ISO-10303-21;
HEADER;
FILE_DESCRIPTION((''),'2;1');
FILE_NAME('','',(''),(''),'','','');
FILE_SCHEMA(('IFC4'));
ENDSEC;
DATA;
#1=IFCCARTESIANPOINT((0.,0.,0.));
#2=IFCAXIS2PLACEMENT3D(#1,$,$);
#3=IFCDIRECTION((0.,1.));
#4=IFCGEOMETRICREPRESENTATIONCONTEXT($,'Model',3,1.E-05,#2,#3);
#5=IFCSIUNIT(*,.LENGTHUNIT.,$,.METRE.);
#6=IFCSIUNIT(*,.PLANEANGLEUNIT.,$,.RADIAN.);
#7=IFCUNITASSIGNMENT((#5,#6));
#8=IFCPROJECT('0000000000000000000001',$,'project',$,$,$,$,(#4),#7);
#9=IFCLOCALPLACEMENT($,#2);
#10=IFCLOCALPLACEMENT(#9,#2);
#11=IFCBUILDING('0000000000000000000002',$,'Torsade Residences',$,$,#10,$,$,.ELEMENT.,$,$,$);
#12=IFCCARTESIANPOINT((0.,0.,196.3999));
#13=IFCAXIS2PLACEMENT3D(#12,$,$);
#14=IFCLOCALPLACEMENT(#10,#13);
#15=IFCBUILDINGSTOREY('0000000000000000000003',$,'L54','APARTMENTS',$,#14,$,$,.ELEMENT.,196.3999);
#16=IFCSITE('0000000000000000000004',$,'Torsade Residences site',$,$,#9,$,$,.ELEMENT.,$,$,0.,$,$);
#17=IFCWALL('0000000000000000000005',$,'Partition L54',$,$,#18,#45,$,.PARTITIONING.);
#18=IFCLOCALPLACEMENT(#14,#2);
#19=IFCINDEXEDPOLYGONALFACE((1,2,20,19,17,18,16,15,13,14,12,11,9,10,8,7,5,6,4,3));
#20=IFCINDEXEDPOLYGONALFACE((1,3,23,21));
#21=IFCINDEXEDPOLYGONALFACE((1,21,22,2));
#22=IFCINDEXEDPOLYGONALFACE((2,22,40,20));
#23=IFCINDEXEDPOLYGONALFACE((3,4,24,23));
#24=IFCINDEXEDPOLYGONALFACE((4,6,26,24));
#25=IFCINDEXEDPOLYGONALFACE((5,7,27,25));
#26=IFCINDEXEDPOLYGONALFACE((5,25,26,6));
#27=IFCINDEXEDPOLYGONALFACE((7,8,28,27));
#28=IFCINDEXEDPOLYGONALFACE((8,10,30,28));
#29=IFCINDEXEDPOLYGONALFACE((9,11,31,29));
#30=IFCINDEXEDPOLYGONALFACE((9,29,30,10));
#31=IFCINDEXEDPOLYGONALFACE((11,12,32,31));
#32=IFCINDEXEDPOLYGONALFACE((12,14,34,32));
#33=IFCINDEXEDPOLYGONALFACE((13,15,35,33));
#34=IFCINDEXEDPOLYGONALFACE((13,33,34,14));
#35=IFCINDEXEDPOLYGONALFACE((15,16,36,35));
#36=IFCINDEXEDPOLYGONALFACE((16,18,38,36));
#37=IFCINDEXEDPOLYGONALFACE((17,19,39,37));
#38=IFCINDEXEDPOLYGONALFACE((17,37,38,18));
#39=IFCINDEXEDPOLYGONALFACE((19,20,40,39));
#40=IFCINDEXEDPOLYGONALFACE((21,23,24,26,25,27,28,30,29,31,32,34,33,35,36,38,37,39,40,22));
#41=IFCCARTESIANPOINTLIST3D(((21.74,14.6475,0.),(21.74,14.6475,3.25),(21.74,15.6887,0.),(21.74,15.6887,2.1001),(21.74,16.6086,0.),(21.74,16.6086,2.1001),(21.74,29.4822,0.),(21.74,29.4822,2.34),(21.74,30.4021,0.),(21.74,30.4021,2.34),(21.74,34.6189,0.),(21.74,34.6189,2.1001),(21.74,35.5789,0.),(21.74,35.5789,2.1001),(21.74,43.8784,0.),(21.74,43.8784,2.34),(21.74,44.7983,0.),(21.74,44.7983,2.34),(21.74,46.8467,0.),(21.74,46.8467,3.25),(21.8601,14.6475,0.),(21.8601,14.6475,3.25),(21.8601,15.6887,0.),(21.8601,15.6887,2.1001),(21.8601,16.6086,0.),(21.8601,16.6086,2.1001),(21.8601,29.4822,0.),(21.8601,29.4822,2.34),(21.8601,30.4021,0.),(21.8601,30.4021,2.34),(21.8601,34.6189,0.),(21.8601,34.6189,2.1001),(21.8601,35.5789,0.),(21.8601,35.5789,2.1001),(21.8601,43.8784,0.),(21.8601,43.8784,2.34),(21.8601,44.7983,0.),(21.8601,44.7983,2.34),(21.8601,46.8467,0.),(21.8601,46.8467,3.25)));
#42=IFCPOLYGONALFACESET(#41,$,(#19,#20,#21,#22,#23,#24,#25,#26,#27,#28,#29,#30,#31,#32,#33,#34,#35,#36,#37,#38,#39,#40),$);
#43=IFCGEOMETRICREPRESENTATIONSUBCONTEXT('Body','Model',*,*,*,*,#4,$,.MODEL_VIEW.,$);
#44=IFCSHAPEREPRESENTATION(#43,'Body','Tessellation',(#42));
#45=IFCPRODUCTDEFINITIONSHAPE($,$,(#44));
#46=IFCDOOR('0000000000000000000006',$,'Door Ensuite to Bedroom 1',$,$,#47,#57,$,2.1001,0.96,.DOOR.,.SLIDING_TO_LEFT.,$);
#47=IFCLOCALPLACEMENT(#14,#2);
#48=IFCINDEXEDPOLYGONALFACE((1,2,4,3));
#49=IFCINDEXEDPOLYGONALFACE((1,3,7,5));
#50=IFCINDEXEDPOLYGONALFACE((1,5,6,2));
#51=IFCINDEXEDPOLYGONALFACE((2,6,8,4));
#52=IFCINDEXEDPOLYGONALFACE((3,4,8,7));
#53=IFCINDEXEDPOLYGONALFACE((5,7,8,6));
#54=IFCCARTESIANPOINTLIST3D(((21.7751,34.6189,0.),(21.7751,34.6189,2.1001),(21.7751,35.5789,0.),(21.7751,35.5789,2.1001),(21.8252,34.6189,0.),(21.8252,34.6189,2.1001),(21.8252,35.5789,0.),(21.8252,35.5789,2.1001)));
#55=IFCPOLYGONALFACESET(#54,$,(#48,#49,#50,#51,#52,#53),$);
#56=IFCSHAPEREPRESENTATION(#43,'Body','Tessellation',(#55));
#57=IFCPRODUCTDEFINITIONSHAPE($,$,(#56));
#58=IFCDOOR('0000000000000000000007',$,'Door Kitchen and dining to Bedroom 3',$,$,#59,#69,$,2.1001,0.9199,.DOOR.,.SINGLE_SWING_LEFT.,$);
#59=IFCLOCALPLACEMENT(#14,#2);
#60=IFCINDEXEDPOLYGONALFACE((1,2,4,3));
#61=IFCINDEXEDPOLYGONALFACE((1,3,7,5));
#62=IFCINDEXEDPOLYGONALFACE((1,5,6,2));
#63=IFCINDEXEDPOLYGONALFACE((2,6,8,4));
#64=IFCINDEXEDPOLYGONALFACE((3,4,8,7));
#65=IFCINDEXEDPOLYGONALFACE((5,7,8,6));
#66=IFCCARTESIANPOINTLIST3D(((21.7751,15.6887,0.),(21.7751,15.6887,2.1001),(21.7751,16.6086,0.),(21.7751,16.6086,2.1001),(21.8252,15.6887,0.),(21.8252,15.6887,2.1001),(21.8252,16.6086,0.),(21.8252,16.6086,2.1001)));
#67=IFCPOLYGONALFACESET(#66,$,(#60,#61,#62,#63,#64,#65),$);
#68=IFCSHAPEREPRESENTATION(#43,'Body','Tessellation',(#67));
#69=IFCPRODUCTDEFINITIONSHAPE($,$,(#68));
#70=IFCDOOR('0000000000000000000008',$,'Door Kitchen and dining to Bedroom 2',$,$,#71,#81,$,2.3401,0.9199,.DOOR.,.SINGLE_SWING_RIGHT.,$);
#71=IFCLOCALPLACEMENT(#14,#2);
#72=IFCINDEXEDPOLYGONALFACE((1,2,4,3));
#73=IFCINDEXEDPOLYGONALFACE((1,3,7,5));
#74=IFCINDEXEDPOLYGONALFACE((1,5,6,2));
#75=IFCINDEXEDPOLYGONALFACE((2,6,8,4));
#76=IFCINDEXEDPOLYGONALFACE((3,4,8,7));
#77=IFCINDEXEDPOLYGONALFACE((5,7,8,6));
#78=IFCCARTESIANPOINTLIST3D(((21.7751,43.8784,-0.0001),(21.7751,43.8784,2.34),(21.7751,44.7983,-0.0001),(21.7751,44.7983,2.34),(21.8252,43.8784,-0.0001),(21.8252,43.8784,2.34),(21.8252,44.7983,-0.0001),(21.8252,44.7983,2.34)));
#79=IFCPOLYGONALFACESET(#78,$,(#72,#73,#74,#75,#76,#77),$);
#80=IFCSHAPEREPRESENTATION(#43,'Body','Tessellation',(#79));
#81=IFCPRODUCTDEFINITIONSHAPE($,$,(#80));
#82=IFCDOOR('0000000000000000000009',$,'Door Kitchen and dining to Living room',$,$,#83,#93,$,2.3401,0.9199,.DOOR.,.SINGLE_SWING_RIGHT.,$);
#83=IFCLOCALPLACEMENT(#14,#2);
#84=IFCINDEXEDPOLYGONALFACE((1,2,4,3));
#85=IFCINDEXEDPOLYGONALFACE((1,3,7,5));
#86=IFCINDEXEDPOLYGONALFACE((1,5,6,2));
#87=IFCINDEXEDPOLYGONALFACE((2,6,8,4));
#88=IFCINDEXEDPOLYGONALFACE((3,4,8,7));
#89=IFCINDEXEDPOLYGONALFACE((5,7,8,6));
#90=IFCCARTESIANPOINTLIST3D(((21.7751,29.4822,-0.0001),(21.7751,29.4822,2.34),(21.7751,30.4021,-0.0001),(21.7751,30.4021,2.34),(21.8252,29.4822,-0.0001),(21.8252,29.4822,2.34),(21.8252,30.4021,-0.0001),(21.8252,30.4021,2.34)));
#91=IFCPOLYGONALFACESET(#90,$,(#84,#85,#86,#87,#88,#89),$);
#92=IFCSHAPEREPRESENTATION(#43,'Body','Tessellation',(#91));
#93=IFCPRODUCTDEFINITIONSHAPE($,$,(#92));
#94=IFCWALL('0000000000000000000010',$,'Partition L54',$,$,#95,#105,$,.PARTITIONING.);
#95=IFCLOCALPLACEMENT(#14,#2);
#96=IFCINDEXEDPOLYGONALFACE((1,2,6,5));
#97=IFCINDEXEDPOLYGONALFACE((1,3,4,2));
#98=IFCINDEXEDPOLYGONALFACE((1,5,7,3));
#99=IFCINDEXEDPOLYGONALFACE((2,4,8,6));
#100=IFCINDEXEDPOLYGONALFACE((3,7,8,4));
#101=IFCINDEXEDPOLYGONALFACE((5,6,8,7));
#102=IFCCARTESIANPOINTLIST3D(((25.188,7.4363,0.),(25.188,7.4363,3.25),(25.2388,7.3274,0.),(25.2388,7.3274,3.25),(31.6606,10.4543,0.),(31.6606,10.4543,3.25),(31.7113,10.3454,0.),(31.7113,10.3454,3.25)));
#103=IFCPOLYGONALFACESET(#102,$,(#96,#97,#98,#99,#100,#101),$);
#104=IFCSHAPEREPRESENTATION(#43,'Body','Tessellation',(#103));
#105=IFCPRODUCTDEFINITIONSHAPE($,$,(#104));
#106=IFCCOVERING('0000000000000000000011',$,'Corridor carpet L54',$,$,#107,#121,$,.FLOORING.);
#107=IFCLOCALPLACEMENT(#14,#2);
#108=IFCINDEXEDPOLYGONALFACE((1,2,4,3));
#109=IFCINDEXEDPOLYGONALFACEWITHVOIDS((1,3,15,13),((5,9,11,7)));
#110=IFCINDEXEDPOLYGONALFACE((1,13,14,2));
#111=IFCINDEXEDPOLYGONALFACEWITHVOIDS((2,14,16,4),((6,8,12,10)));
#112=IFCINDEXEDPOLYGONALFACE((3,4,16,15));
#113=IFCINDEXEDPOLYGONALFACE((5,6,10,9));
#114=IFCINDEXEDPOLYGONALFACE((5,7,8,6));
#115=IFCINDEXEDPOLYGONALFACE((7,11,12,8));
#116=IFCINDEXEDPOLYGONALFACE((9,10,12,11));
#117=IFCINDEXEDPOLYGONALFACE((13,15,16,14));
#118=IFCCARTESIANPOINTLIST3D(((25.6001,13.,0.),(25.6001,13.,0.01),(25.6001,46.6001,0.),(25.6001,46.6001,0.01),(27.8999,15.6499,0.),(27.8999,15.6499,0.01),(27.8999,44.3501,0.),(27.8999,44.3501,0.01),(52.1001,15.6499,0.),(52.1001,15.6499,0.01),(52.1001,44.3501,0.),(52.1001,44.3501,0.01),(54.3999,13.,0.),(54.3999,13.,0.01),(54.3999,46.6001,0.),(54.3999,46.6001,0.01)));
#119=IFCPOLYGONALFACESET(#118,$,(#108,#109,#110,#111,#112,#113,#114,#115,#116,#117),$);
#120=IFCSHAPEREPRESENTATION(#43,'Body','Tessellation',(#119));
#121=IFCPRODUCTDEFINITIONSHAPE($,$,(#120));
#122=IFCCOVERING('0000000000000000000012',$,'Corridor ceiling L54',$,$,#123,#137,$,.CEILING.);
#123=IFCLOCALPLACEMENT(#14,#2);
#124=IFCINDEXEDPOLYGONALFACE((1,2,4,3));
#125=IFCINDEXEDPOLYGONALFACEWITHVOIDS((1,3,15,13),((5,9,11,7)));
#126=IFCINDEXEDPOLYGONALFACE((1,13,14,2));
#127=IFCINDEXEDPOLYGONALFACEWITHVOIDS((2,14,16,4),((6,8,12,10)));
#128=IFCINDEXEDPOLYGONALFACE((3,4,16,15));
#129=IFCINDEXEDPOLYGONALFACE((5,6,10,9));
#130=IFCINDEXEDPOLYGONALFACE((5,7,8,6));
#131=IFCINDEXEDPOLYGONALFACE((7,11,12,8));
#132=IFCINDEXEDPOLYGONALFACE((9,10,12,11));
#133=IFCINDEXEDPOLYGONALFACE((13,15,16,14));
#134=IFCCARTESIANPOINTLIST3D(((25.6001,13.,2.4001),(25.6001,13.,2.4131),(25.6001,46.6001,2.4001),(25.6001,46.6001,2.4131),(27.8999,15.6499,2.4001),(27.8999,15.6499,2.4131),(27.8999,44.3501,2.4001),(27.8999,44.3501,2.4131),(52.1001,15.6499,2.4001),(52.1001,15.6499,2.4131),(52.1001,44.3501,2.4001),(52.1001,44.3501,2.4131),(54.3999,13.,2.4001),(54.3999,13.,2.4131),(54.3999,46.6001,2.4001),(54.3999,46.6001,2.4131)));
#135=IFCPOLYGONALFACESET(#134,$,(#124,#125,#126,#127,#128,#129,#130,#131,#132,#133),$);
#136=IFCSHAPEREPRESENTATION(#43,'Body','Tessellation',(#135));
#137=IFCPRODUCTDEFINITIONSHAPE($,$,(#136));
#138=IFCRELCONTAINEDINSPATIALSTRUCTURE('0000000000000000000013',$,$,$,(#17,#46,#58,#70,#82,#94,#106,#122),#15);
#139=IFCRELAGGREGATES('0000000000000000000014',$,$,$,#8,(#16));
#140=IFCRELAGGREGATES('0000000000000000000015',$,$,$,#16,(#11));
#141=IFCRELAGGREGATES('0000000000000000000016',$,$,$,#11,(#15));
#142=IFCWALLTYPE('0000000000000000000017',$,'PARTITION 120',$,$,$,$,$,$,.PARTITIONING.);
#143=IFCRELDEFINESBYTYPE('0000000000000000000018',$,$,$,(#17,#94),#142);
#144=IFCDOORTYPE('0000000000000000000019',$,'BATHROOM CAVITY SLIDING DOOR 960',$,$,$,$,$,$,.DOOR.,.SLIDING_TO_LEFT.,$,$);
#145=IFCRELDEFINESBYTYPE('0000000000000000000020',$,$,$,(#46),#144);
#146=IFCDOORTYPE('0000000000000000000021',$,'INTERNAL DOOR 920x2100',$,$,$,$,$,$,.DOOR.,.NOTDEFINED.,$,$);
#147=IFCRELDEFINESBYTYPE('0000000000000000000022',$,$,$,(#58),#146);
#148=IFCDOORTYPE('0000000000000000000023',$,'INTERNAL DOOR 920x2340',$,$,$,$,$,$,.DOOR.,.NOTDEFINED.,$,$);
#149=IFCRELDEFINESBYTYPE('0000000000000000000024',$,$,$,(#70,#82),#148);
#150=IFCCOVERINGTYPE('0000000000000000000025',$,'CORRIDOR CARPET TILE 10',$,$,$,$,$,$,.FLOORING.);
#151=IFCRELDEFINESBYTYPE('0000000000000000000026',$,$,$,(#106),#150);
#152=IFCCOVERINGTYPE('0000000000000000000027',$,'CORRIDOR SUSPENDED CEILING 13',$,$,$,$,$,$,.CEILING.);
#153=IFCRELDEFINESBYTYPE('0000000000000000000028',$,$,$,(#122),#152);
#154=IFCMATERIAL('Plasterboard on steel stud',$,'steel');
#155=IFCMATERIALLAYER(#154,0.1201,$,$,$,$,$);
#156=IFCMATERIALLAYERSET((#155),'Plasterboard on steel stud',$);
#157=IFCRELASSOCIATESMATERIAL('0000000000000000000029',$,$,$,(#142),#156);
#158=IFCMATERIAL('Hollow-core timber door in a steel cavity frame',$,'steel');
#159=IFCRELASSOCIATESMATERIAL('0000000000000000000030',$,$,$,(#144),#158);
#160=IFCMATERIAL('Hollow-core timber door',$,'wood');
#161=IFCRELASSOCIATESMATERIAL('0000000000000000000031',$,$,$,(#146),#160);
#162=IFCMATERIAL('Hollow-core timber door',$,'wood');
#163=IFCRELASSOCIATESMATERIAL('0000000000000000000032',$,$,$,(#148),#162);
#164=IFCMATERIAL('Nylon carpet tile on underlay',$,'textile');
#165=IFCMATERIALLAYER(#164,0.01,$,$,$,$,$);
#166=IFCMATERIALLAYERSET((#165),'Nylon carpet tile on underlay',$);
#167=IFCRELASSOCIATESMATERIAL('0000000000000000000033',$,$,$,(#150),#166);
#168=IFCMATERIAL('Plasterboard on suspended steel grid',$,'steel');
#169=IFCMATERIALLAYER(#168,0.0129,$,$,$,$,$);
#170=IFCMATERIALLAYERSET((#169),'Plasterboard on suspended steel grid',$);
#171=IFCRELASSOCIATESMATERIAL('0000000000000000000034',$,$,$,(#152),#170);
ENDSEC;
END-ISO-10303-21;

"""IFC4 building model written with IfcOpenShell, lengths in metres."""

from ifc_helpers import new_model, si_unit, direction, frame, frame_2d, origin, place, context, subcontext, project, spatial, polyline, rectangle, outline, extrude, material, layer, layer_set, type_object, element, fill, save


model = new_model("IFC4")

# Units and contexts
model_context = context("Model", 3, precision=1e-05, world=origin(), true_north=direction((0.0, 1.0)))
body_context = subcontext(model_context, "Body", "Model", "MODEL_VIEW")
ifc_project = project(units=[si_unit("LENGTHUNIT", "METRE"), si_unit("PLANEANGLEUNIT", "RADIAN")], contexts=[model_context])

# Site, building, storey
site_placement = place(None, origin())
site = spatial("IfcSite", under=ifc_project, at=site_placement, Name="Torsade Residences site", CompositionType="ELEMENT", RefElevation=0.0)
building_placement = place(site_placement, origin())
building = spatial("IfcBuilding", under=site, at=building_placement, Name="Torsade Residences", CompositionType="ELEMENT")
storey_placement = place(building_placement, frame((0.0, 0.0, 196.3999)))
storey = spatial("IfcBuildingStorey", under=building, at=storey_placement, Name="L54", Description="APARTMENTS", CompositionType="ELEMENT", Elevation=196.3999)

# Wall, openings, doors
ifc_material_1 = material(Name="Plasterboard on steel stud", Category="steel")
ifc_layer_1 = layer(ifc_material_1, 0.1201)
ifc_layer_set_1 = layer_set([ifc_layer_1], Name="Plasterboard on steel stud")
wall_type = type_object("IfcWallType", Name="PARTITION 120", PredefinedType="PARTITIONING", material=ifc_layer_set_1)
wall_1_placement = place(storey_placement, frame((21.8, 14.6475, 0.0), z_axis=(0.0, 0.0, 1.0), x_axis=(0.0, 1.0, 0.0)))
wall_1 = element("IfcWall", 1, at=wall_1_placement, inside=storey, type_object=wall_type, Name="Partition L54", PredefinedType="PARTITIONING", context=body_context, shape_type="SweptSolid", body=[
    extrude(rectangle(XDim=32.1992, YDim=0.1201, at=frame_2d((16.0996, 0.0))), origin(), (0.0, 0.0, 1.0), 3.25),
])
opening_1_placement = place(wall_1_placement, frame((29.231, 0.0, 0.0)))
opening_1 = element("IfcOpeningElement", 2, at=opening_1_placement, cuts=wall_1, PredefinedType="OPENING", context=body_context, shape_type="SweptSolid", body=[
    extrude(rectangle(XDim=0.9199, YDim=2.3401, at=frame_2d((0.46, 1.1699))), frame((0.0, 0.0701, 0.0), z_axis=(0.0, -1.0, 0.0), x_axis=(1.0, 0.0, 0.0)), (0.0, 0.0, 1.0), 0.1401),
])
opening_2_placement = place(wall_1_placement, frame((14.8347, 0.0, 0.0)))
opening_2 = element("IfcOpeningElement", 3, at=opening_2_placement, cuts=wall_1, PredefinedType="OPENING", context=body_context, shape_type="SweptSolid", body=[
    extrude(rectangle(XDim=0.9199, YDim=2.3401, at=frame_2d((0.46, 1.1699))), frame((0.0, 0.0701, 0.0), z_axis=(0.0, -1.0, 0.0), x_axis=(1.0, 0.0, 0.0)), (0.0, 0.0, 1.0), 0.1401),
])
opening_3_placement = place(wall_1_placement, frame((1.0413, 0.0, 0.0)))
opening_3 = element("IfcOpeningElement", 4, at=opening_3_placement, cuts=wall_1, PredefinedType="OPENING", context=body_context, shape_type="SweptSolid", body=[
    extrude(rectangle(XDim=0.9199, YDim=2.1001, at=frame_2d((0.46, 1.05))), frame((0.0, 0.0701, 0.0), z_axis=(0.0, -1.0, 0.0), x_axis=(1.0, 0.0, 0.0)), (0.0, 0.0, 1.0), 0.1401),
])
opening_4_placement = place(wall_1_placement, frame((19.9714, 0.0, 0.0)))
opening_4 = element("IfcOpeningElement", 5, at=opening_4_placement, cuts=wall_1, PredefinedType="OPENING", context=body_context, shape_type="SweptSolid", body=[
    extrude(rectangle(XDim=0.96, YDim=2.1001, at=frame_2d((0.48, 1.05))), frame((0.0, 0.0701, 0.0), z_axis=(0.0, -1.0, 0.0), x_axis=(1.0, 0.0, 0.0)), (0.0, 0.0, 1.0), 0.1401),
])
ifc_material_2 = material(Name="Hollow-core timber door in a steel cavity frame", Category="steel")
door_type_1 = type_object("IfcDoorType", Name="BATHROOM CAVITY SLIDING DOOR 960", OperationType="SLIDING_TO_LEFT", PredefinedType="DOOR", material=ifc_material_2)
door_1_placement = place(opening_4_placement, origin())
door_1 = element("IfcDoor", 6, at=door_1_placement, inside=storey, type_object=door_type_1, Name="Door Ensuite to Bedroom 1", OperationType="SLIDING_TO_LEFT", OverallHeight=2.1001, OverallWidth=0.96, PredefinedType="DOOR", context=body_context, shape_type="SweptSolid", body=[
    extrude(rectangle(XDim=0.96, YDim=2.1001, at=frame_2d((0.48, 1.05))), frame((0.0, 0.0249, 0.0), z_axis=(0.0, -1.0, 0.0), x_axis=(1.0, 0.0, 0.0)), (0.0, 0.0, 1.0), 0.05),
])
fill(opening_4, door_1)
ifc_material_3 = material(Name="Hollow-core timber door", Category="wood")
door_type_2 = type_object("IfcDoorType", Name="INTERNAL DOOR 920x2100", OperationType="NOTDEFINED", PredefinedType="DOOR", material=ifc_material_3)
door_2_placement = place(opening_3_placement, origin())
door_2 = element("IfcDoor", 7, at=door_2_placement, inside=storey, type_object=door_type_2, Name="Door Kitchen and dining to Bedroom 3", OperationType="SINGLE_SWING_LEFT", OverallHeight=2.1001, OverallWidth=0.9199, PredefinedType="DOOR", context=body_context, shape_type="SweptSolid", body=[
    extrude(rectangle(XDim=0.9199, YDim=2.1001, at=frame_2d((0.46, 1.05))), frame((0.0, 0.0249, 0.0), z_axis=(0.0, -1.0, 0.0), x_axis=(1.0, 0.0, 0.0)), (0.0, 0.0, 1.0), 0.05),
])
fill(opening_3, door_2)
ifc_material_4 = material(Name="Hollow-core timber door", Category="wood")
door_type_3 = type_object("IfcDoorType", Name="INTERNAL DOOR 920x2340", OperationType="NOTDEFINED", PredefinedType="DOOR", material=ifc_material_4)
door_3_placement = place(opening_1_placement, origin())
door_3 = element("IfcDoor", 8, at=door_3_placement, inside=storey, type_object=door_type_3, Name="Door Kitchen and dining to Bedroom 2", OperationType="SINGLE_SWING_RIGHT", OverallHeight=2.3401, OverallWidth=0.9199, PredefinedType="DOOR", context=body_context, shape_type="SweptSolid", body=[
    extrude(rectangle(XDim=0.9199, YDim=2.3401, at=frame_2d((0.46, 1.1699))), frame((0.0, 0.0249, 0.0), z_axis=(0.0, -1.0, 0.0), x_axis=(1.0, 0.0, 0.0)), (0.0, 0.0, 1.0), 0.05),
])
fill(opening_1, door_3)
door_4_placement = place(opening_2_placement, origin())
door_4 = element("IfcDoor", 9, at=door_4_placement, inside=storey, type_object=door_type_3, Name="Door Kitchen and dining to Living room", OperationType="SINGLE_SWING_RIGHT", OverallHeight=2.3401, OverallWidth=0.9199, PredefinedType="DOOR", context=body_context, shape_type="SweptSolid", body=[
    extrude(rectangle(XDim=0.9199, YDim=2.3401, at=frame_2d((0.46, 1.1699))), frame((0.0, 0.0249, 0.0), z_axis=(0.0, -1.0, 0.0), x_axis=(1.0, 0.0, 0.0)), (0.0, 0.0, 1.0), 0.05),
])
fill(opening_2, door_4)

# Wall
wall_2_placement = place(storey_placement, frame((25.2134, 7.3818, 0.0), z_axis=(0.0, 0.0, 1.0), x_axis=(0.906318, 0.422597, 0.0)))
element("IfcWall", 10, at=wall_2_placement, inside=storey, type_object=wall_type, Name="Partition L54", PredefinedType="PARTITIONING", context=body_context, shape_type="SweptSolid", body=[
    extrude(rectangle(XDim=7.1416, YDim=0.1201, at=frame_2d((3.5708, 0.0))), origin(), (0.0, 0.0, 1.0), 3.25),
])

# Coverings
ifc_material_5 = material(Name="Nylon carpet tile on underlay", Category="textile")
ifc_layer_2 = layer(ifc_material_5, 0.01)
ifc_layer_set_2 = layer_set([ifc_layer_2], Name="Nylon carpet tile on underlay")
covering_type_1 = type_object("IfcCoveringType", Name="CORRIDOR CARPET TILE 10", PredefinedType="FLOORING", material=ifc_layer_set_2)
covering_1_placement = place(storey_placement, origin())
element("IfcCovering", 11, at=covering_1_placement, inside=storey, type_object=covering_type_1, Name="Corridor carpet L54", PredefinedType="FLOORING", context=body_context, shape_type="SweptSolid", body=[
    extrude(outline(polyline([(25.6001, 46.6001), (25.6001, 13.0), (54.3999, 13.0), (54.3999, 46.6001), (25.6001, 46.6001)]), holes=[polyline([(52.1001, 44.3501), (27.8999, 44.3501), (27.8999, 15.6499), (52.1001, 15.6499), (52.1001, 44.3501)])]), origin(), (0.0, 0.0, 1.0), 0.01),
])
ifc_material_6 = material(Name="Plasterboard on suspended steel grid", Category="steel")
ifc_layer_3 = layer(ifc_material_6, 0.0129)
ifc_layer_set_3 = layer_set([ifc_layer_3], Name="Plasterboard on suspended steel grid")
covering_type_2 = type_object("IfcCoveringType", Name="CORRIDOR SUSPENDED CEILING 13", PredefinedType="CEILING", material=ifc_layer_set_3)
covering_2_placement = place(storey_placement, frame((0.0, 0.0, 2.4001)))
element("IfcCovering", 12, at=covering_2_placement, inside=storey, type_object=covering_type_2, Name="Corridor ceiling L54", PredefinedType="CEILING", context=body_context, shape_type="SweptSolid", body=[
    extrude(outline(polyline([(25.6001, 46.6001), (25.6001, 13.0), (54.3999, 13.0), (54.3999, 46.6001), (25.6001, 46.6001)]), holes=[polyline([(52.1001, 44.3501), (27.8999, 44.3501), (27.8999, 15.6499), (52.1001, 15.6499), (52.1001, 44.3501)])]), origin(), (0.0, 0.0, 1.0), 0.0129),
])

save(model, "model.ifc")
